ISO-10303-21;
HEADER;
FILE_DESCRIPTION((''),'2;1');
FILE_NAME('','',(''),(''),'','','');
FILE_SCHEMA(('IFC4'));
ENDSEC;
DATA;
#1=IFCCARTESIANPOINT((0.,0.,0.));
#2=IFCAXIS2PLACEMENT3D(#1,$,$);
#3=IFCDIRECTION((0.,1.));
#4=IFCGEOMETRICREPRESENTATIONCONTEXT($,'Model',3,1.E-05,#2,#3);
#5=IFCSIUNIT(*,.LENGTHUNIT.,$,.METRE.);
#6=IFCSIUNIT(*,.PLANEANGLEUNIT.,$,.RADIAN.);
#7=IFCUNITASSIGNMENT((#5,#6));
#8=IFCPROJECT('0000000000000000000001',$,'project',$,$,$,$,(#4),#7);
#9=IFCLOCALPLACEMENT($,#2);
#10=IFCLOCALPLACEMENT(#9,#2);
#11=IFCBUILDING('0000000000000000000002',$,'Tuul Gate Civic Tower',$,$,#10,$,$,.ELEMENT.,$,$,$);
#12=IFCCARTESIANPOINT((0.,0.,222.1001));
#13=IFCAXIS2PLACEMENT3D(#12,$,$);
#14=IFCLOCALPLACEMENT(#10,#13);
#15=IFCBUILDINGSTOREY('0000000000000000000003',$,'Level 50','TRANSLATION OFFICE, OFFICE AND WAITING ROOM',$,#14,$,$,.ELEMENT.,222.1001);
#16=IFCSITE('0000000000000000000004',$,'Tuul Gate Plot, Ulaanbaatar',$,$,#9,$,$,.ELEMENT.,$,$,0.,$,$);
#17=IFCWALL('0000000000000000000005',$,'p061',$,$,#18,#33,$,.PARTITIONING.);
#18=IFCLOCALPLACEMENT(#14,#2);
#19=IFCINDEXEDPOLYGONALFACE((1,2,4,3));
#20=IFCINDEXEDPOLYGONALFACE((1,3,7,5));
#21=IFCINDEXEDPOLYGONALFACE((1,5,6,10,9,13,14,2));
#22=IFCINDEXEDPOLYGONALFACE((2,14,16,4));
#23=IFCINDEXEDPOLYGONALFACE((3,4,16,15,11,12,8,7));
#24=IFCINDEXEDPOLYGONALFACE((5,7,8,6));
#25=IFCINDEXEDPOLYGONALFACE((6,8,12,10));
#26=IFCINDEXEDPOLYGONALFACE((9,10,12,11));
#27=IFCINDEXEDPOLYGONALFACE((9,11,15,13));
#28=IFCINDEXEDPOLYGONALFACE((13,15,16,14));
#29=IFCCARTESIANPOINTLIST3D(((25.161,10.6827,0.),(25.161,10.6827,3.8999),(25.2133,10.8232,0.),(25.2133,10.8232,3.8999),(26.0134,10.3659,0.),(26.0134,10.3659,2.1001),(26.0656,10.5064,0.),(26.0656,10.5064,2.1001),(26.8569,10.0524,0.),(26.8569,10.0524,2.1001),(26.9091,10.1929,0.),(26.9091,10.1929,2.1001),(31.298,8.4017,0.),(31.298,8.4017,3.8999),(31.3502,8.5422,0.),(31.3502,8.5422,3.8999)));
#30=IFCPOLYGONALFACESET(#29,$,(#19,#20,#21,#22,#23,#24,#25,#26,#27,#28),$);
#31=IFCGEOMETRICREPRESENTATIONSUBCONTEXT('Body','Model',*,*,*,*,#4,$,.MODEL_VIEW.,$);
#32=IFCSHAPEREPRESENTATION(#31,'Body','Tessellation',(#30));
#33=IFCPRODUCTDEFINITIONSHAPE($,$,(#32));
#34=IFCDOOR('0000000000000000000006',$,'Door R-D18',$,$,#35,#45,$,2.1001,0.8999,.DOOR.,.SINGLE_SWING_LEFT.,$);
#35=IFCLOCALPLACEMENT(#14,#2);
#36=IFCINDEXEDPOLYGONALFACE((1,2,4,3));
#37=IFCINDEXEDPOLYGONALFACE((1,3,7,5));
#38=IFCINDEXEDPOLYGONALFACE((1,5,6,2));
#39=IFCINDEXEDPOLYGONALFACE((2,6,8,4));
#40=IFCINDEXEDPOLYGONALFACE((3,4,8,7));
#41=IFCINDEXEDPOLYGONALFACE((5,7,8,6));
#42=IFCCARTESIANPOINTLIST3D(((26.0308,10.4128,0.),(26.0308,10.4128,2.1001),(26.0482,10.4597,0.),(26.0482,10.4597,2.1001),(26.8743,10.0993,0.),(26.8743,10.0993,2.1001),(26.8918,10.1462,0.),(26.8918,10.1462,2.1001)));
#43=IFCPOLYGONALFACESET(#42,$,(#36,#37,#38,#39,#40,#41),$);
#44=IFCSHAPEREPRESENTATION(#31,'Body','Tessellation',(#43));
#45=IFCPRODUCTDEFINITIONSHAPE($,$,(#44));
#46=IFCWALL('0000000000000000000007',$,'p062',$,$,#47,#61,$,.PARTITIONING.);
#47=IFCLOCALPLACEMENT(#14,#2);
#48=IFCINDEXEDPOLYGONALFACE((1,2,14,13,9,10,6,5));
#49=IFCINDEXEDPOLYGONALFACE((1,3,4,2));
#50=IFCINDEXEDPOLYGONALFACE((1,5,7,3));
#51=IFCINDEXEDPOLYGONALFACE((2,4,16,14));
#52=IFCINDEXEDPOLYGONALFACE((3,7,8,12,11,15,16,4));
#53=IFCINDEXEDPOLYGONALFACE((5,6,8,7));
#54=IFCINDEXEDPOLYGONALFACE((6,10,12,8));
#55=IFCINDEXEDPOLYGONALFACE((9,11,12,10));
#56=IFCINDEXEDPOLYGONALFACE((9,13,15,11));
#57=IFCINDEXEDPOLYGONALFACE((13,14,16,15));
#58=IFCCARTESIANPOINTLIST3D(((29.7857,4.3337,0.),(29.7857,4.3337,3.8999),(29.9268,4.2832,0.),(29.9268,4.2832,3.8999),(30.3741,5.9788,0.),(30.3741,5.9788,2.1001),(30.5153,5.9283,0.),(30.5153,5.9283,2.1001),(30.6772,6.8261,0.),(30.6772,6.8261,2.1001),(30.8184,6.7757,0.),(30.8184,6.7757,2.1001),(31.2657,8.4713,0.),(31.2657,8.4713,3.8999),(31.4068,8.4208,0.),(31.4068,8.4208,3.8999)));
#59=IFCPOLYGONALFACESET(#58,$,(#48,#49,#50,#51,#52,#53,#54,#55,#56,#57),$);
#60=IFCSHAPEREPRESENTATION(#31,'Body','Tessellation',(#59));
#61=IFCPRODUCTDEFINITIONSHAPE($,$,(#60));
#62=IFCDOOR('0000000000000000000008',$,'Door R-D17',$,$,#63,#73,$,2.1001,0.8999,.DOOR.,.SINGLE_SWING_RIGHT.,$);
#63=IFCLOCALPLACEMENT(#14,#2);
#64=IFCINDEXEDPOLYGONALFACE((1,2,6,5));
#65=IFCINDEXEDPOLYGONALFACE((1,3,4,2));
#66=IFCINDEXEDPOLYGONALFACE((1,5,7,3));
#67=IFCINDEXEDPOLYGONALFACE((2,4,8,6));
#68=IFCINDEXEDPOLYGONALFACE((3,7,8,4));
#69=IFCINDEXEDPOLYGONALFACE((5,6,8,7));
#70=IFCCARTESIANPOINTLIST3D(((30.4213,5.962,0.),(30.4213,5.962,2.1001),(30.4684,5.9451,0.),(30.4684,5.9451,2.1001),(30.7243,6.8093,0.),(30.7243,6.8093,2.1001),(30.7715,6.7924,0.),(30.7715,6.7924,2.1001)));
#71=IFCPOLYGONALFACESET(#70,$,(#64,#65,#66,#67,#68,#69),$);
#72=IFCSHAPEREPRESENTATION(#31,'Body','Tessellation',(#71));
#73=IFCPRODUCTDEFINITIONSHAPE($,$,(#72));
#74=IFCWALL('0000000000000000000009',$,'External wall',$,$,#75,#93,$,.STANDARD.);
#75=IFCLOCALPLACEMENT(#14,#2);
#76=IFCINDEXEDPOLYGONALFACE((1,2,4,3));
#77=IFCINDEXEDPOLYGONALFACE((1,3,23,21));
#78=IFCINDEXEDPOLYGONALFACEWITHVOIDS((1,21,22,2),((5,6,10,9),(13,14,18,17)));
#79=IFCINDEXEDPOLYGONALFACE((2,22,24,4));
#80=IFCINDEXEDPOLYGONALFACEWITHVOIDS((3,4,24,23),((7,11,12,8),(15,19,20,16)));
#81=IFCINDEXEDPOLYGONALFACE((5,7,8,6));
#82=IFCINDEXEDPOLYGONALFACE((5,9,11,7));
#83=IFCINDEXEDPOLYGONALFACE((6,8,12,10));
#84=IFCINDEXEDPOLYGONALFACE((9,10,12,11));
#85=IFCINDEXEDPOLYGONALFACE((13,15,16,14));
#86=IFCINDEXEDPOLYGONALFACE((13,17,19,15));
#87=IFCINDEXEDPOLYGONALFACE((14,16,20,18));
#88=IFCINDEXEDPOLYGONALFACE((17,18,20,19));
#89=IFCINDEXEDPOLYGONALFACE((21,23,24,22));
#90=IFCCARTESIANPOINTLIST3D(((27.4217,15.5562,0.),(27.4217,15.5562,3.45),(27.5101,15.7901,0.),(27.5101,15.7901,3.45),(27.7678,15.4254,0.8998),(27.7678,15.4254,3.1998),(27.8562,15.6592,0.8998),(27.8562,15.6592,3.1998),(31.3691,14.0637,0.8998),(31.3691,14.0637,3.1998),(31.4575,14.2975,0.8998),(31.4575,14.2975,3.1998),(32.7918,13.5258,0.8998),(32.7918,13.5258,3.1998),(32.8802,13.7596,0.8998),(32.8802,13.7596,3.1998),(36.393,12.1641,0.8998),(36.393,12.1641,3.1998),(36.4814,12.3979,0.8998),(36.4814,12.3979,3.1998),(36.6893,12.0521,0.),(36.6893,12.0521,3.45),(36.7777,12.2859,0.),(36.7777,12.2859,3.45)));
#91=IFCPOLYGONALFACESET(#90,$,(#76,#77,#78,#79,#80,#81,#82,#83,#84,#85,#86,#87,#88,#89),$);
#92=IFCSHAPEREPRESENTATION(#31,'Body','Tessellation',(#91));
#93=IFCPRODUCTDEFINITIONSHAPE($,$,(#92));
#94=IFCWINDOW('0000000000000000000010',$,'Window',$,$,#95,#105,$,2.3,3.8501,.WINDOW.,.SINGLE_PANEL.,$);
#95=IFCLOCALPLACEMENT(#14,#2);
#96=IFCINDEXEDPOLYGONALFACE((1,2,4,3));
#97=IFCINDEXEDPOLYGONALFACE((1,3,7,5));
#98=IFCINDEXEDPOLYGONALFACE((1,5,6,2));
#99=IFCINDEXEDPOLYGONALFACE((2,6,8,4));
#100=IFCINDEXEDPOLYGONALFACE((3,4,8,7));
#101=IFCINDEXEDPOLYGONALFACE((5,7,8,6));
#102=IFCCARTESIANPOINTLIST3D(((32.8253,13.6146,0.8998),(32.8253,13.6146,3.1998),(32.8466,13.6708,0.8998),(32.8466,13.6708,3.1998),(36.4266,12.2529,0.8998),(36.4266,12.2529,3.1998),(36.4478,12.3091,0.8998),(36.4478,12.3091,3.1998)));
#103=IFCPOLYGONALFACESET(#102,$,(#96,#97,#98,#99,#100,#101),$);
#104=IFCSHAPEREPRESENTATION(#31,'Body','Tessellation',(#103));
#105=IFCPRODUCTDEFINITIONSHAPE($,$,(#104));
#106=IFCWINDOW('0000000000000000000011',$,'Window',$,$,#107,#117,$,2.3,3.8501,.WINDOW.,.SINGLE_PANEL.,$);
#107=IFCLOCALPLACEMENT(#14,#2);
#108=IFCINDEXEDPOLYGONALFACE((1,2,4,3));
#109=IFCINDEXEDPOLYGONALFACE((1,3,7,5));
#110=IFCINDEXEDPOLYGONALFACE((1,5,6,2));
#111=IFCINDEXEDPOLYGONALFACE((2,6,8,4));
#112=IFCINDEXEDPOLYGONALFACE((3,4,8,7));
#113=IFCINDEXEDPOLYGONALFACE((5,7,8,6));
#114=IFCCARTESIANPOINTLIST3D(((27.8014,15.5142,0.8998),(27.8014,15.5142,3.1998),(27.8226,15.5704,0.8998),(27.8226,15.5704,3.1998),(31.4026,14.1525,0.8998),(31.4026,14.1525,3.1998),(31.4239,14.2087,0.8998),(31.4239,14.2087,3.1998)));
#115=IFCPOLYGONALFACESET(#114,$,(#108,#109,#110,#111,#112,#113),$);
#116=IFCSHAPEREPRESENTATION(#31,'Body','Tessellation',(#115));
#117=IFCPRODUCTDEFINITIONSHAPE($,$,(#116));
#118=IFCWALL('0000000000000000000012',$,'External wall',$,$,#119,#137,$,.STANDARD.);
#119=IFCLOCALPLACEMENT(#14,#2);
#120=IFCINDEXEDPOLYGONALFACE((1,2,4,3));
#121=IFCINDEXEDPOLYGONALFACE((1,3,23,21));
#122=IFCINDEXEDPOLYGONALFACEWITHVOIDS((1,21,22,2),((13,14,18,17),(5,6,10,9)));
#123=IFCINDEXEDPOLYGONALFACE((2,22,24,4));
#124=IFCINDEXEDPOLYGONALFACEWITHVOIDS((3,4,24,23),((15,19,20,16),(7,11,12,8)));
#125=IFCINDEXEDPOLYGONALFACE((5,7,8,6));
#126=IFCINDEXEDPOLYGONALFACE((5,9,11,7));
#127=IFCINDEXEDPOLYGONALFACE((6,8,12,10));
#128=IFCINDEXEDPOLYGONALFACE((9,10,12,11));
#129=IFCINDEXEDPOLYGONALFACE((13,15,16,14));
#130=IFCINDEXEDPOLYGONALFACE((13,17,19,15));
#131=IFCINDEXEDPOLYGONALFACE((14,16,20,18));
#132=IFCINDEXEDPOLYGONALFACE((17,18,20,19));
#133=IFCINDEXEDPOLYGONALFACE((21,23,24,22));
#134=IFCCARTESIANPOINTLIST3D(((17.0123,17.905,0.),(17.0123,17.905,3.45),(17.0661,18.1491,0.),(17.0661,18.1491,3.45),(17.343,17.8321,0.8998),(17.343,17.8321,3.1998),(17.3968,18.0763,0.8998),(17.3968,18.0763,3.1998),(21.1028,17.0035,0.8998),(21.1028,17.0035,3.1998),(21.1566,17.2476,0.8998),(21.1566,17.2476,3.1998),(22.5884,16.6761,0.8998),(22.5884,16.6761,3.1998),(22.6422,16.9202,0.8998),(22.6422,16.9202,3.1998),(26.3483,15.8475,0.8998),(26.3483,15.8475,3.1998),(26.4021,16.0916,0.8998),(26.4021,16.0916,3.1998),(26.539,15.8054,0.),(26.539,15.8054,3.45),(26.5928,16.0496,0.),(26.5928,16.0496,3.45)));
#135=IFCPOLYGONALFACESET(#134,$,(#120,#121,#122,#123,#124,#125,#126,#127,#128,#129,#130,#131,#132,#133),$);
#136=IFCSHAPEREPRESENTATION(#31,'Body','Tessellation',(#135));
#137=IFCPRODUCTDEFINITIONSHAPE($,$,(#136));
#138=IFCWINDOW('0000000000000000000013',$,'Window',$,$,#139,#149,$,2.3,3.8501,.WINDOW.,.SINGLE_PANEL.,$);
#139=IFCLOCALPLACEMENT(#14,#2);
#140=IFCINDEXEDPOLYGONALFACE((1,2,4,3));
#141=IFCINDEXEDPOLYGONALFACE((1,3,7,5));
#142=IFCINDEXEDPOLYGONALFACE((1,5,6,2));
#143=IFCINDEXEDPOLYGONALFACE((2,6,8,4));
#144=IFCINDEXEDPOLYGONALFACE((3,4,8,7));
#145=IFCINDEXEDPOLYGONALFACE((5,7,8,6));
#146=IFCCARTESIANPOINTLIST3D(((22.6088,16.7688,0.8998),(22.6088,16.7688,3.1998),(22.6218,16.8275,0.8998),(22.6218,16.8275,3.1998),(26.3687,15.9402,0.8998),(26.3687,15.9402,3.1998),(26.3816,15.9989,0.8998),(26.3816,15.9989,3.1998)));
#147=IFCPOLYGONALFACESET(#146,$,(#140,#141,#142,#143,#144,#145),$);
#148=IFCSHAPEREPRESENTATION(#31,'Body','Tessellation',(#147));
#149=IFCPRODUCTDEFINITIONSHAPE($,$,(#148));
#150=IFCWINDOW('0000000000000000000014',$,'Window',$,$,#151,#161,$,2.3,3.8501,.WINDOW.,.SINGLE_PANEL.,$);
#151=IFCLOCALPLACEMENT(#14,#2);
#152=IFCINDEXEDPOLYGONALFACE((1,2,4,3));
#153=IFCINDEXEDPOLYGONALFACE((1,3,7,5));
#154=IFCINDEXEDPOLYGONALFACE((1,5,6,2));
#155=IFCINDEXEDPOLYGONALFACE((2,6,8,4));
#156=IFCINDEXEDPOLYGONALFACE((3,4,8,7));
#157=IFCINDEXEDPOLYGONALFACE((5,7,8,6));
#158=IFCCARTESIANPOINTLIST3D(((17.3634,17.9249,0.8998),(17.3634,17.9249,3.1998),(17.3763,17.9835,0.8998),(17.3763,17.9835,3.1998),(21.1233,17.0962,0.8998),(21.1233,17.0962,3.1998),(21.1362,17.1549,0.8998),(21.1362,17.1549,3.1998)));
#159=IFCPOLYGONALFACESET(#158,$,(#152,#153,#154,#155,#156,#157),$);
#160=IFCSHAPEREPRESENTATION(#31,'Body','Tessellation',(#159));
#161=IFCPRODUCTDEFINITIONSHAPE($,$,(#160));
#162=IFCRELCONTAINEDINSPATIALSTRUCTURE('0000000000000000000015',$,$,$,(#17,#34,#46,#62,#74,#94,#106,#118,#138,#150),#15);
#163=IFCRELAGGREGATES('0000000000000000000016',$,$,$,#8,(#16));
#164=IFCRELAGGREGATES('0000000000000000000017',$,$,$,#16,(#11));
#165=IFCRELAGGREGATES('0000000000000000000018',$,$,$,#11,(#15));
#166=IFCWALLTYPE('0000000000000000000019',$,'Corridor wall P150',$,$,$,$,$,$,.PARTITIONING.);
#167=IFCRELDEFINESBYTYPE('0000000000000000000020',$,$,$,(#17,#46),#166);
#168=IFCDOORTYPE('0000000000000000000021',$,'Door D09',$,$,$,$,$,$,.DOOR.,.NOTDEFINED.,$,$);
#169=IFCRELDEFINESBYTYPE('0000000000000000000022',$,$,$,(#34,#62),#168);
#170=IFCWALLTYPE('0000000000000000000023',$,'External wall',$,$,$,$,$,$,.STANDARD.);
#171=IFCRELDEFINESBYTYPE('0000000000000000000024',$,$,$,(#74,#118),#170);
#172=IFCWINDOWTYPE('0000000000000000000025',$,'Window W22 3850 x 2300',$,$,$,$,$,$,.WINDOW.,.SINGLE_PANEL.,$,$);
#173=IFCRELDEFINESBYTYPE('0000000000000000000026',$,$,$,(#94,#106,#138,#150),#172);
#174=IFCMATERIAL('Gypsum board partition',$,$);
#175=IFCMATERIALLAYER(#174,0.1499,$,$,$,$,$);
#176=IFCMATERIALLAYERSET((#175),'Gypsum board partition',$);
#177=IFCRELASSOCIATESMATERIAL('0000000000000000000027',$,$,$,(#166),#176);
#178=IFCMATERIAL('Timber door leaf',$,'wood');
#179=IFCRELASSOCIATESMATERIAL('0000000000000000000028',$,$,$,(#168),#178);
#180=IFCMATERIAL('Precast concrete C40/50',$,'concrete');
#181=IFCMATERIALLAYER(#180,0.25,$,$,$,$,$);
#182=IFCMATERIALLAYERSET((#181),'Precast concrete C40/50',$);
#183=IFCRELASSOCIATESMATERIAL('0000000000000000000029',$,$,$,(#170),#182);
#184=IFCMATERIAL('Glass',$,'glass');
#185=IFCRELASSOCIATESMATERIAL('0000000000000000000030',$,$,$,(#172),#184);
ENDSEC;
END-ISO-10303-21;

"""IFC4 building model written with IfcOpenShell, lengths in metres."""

from ifc_helpers import new_model, si_unit, direction, frame, frame_2d, origin, place, context, subcontext, project, spatial, rectangle, extrude, material, layer, layer_set, type_object, element, fill, save


model = new_model("IFC4")

# Units and contexts
model_context = context("Model", 3, precision=1e-05, world=origin(), true_north=direction((0.0, 1.0)))
body_context = subcontext(model_context, "Body", "Model", "MODEL_VIEW")
ifc_project = project(units=[si_unit("LENGTHUNIT", "METRE"), si_unit("PLANEANGLEUNIT", "RADIAN")], contexts=[model_context])

# Site, building, storey
site_placement = place(None, origin())
site = spatial("IfcSite", under=ifc_project, at=site_placement, Name="Tuul Gate Plot, Ulaanbaatar", CompositionType="ELEMENT", RefElevation=0.0)
building_placement = place(site_placement, origin())
building = spatial("IfcBuilding", under=site, at=building_placement, Name="Tuul Gate Civic Tower", CompositionType="ELEMENT")
storey_placement = place(building_placement, frame((0.0, 0.0, 222.1001)))
storey = spatial("IfcBuildingStorey", under=building, at=storey_placement, Name="Level 50", Description="TRANSLATION OFFICE, OFFICE AND WAITING ROOM", CompositionType="ELEMENT", Elevation=222.1001)

# Shared definitions
ifc_material_1 = material(Name="Gypsum board partition")
ifc_layer_1 = layer(ifc_material_1, 0.1499)
ifc_layer_set_1 = layer_set([ifc_layer_1], Name="Gypsum board partition")
wall_type_1 = type_object("IfcWallType", Name="Corridor wall P150", PredefinedType="PARTITIONING", material=ifc_layer_set_1)

# Shared definitions
ifc_material_2 = material(Name="Timber door leaf", Category="wood")
door_type = type_object("IfcDoorType", Name="Door D09", OperationType="NOTDEFINED", PredefinedType="DOOR", material=ifc_material_2)

# Walls, openings, doors
wall_1_placement = place(storey_placement, frame((25.1873, 10.7529, 0.0), z_axis=(0.0, 0.0, 1.0), x_axis=(0.937347, -0.348396, 0.0)))
wall_1 = element("IfcWall", 1, at=wall_1_placement, inside=storey, type_object=wall_type_1, Name="p061", PredefinedType="PARTITIONING", context=body_context, shape_type="SweptSolid", body=[
    extrude(rectangle(XDim=6.5471, YDim=0.1499, at=frame_2d((3.2734, 0.0))), origin(), (0.0, 0.0, 1.0), 3.8999),
])
opening_1_placement = place(wall_1_placement, frame((0.9092, 0.0, 0.0)))
opening_1 = element("IfcOpeningElement", 2, at=opening_1_placement, cuts=wall_1, PredefinedType="OPENING", context=body_context, shape_type="SweptSolid", body=[
    extrude(rectangle(XDim=0.8999, YDim=2.1001, at=frame_2d((0.45, 1.05))), frame((0.0, 0.085, 0.0), z_axis=(0.0, -1.0, 0.0), x_axis=(1.0, 0.0, 0.0)), (0.0, 0.0, 1.0), 0.1699),
])
door_1_placement = place(opening_1_placement, frame((0.8999, 0.0, 0.0), z_axis=(0.0, 0.0, 1.0), x_axis=(-1.0, 0.0, 0.0)))
door_1 = element("IfcDoor", 3, at=door_1_placement, inside=storey, type_object=door_type, Name="Door R-D18", OperationType="SINGLE_SWING_LEFT", OverallHeight=2.1001, OverallWidth=0.8999, PredefinedType="DOOR", context=body_context, shape_type="SweptSolid", body=[
    extrude(rectangle(XDim=0.8999, YDim=2.1001, at=frame_2d((0.45, 1.05))), frame((0.0, 0.0249, 0.0), z_axis=(0.0, -1.0, 0.0), x_axis=(1.0, 0.0, 0.0)), (0.0, 0.0, 1.0), 0.05),
])
fill(opening_1, door_1)
wall_2_placement = place(storey_placement, frame((29.8562, 4.3083, 0.0), z_axis=(0.0, 0.0, 1.0), x_axis=(0.336804, 0.941575, 0.0)))
wall_2 = element("IfcWall", 4, at=wall_2_placement, inside=storey, type_object=wall_type_1, Name="p062", PredefinedType="PARTITIONING", context=body_context, shape_type="SweptSolid", body=[
    extrude(rectangle(XDim=4.3943, YDim=0.1499, at=frame_2d((2.1973, 0.0))), origin(), (0.0, 0.0, 1.0), 3.8999),
])
opening_2_placement = place(wall_2_placement, frame((1.7473, 0.0, 0.0)))
opening_2 = element("IfcOpeningElement", 5, at=opening_2_placement, cuts=wall_2, PredefinedType="OPENING", context=body_context, shape_type="SweptSolid", body=[
    extrude(rectangle(XDim=0.8999, YDim=2.1001, at=frame_2d((0.45, 1.05))), frame((0.0, 0.085, 0.0), z_axis=(0.0, -1.0, 0.0), x_axis=(1.0, 0.0, 0.0)), (0.0, 0.0, 1.0), 0.1699),
])
door_2_placement = place(opening_2_placement, origin())
door_2 = element("IfcDoor", 6, at=door_2_placement, inside=storey, type_object=door_type, Name="Door R-D17", OperationType="SINGLE_SWING_RIGHT", OverallHeight=2.1001, OverallWidth=0.8999, PredefinedType="DOOR", context=body_context, shape_type="SweptSolid", body=[
    extrude(rectangle(XDim=0.8999, YDim=2.1001, at=frame_2d((0.45, 1.05))), frame((0.0, 0.0249, 0.0), z_axis=(0.0, -1.0, 0.0), x_axis=(1.0, 0.0, 0.0)), (0.0, 0.0, 1.0), 0.05),
])
fill(opening_2, door_2)

# Walls, openings, windows
ifc_material_3 = material(Name="Precast concrete C40/50", Category="concrete")
ifc_layer_2 = layer(ifc_material_3, 0.25)
ifc_layer_set_2 = layer_set([ifc_layer_2], Name="Precast concrete C40/50")
wall_type_2 = type_object("IfcWallType", Name="External wall", PredefinedType="STANDARD", material=ifc_layer_set_2)
wall_3_placement = place(storey_placement, frame((36.7336, 12.1689, 0.0), z_axis=(0.0, 0.0, 1.0), x_axis=(-0.93537, 0.353671, 0.0)))
wall_3 = element("IfcWall", 7, at=wall_3_placement, inside=storey, type_object=wall_type_2, Name="External wall", PredefinedType="STANDARD", context=body_context, shape_type="SweptSolid", body=[
    extrude(rectangle(XDim=9.908, YDim=0.25, at=frame_2d((4.9541, 0.0))), origin(), (0.0, 0.0, 1.0), 3.45),
])
opening_3_placement = place(wall_3_placement, frame((0.3169, 0.0, 0.8999)))
opening_3 = element("IfcOpeningElement", 8, at=opening_3_placement, cuts=wall_3, PredefinedType="OPENING", context=body_context, shape_type="SweptSolid", body=[
    extrude(rectangle(XDim=3.8501, YDim=2.3, at=frame_2d((1.925, 1.1499))), frame((0.0, 0.135, 0.0), z_axis=(0.0, -1.0, 0.0), x_axis=(1.0, 0.0, 0.0)), (0.0, 0.0, 1.0), 0.27),
])
opening_4_placement = place(wall_3_placement, frame((5.688, 0.0, 0.8999)))
opening_4 = element("IfcOpeningElement", 9, at=opening_4_placement, cuts=wall_3, PredefinedType="OPENING", context=body_context, shape_type="SweptSolid", body=[
    extrude(rectangle(XDim=3.8501, YDim=2.3, at=frame_2d((1.925, 1.1499))), frame((0.0, 0.135, 0.0), z_axis=(0.0, -1.0, 0.0), x_axis=(1.0, 0.0, 0.0)), (0.0, 0.0, 1.0), 0.27),
])
ifc_material_4 = material(Name="Glass", Category="glass")
window_type = type_object("IfcWindowType", Name="Window W22 3850 x 2300", PartitioningType="SINGLE_PANEL", PredefinedType="WINDOW", material=ifc_material_4)
window_1_placement = place(opening_3_placement, origin())
window_1 = element("IfcWindow", 10, at=window_1_placement, inside=storey, type_object=window_type, Name="Window", OverallHeight=2.3, OverallWidth=3.8501, PartitioningType="SINGLE_PANEL", PredefinedType="WINDOW", context=body_context, shape_type="SweptSolid", body=[
    extrude(rectangle(XDim=3.8501, YDim=2.3, at=frame_2d((1.925, 1.1499))), frame((0.0, 0.03, 0.0), z_axis=(0.0, -1.0, 0.0), x_axis=(1.0, 0.0, 0.0)), (0.0, 0.0, 1.0), 0.0601),
])
fill(opening_3, window_1)
window_2_placement = place(opening_4_placement, origin())
window_2 = element("IfcWindow", 11, at=window_2_placement, inside=storey, type_object=window_type, Name="Window", OverallHeight=2.3, OverallWidth=3.8501, PartitioningType="SINGLE_PANEL", PredefinedType="WINDOW", context=body_context, shape_type="SweptSolid", body=[
    extrude(rectangle(XDim=3.8501, YDim=2.3, at=frame_2d((1.925, 1.1499))), frame((0.0, 0.03, 0.0), z_axis=(0.0, -1.0, 0.0), x_axis=(1.0, 0.0, 0.0)), (0.0, 0.0, 1.0), 0.0601),
])
fill(opening_4, window_2)
wall_4_placement = place(storey_placement, frame((26.5659, 15.9275, 0.0), z_axis=(0.0, 0.0, 1.0), x_axis=(-0.976565, 0.215224, 0.0)))
wall_4 = element("IfcWall", 12, at=wall_4_placement, inside=storey, type_object=wall_type_2, Name="External wall", PredefinedType="STANDARD", context=body_context, shape_type="SweptSolid", body=[
    extrude(rectangle(XDim=9.7554, YDim=0.25, at=frame_2d((4.8777, 0.0))), origin(), (0.0, 0.0, 1.0), 3.45),
])
opening_5_placement = place(wall_4_placement, frame((0.1953, 0.0, 0.8999)))
opening_5 = element("IfcOpeningElement", 13, at=opening_5_placement, cuts=wall_4, PredefinedType="OPENING", context=body_context, shape_type="SweptSolid", body=[
    extrude(rectangle(XDim=3.8501, YDim=2.3, at=frame_2d((1.925, 1.1499))), frame((0.0, 0.135, 0.0), z_axis=(0.0, -1.0, 0.0), x_axis=(1.0, 0.0, 0.0)), (0.0, 0.0, 1.0), 0.27),
])
opening_6_placement = place(wall_4_placement, frame((5.5667, 0.0, 0.8999)))
opening_6 = element("IfcOpeningElement", 14, at=opening_6_placement, cuts=wall_4, PredefinedType="OPENING", context=body_context, shape_type="SweptSolid", body=[
    extrude(rectangle(XDim=3.8501, YDim=2.3, at=frame_2d((1.925, 1.1499))), frame((0.0, 0.135, 0.0), z_axis=(0.0, -1.0, 0.0), x_axis=(1.0, 0.0, 0.0)), (0.0, 0.0, 1.0), 0.27),
])
window_3_placement = place(opening_5_placement, origin())
window_3 = element("IfcWindow", 15, at=window_3_placement, inside=storey, type_object=window_type, Name="Window", OverallHeight=2.3, OverallWidth=3.8501, PartitioningType="SINGLE_PANEL", PredefinedType="WINDOW", context=body_context, shape_type="SweptSolid", body=[
    extrude(rectangle(XDim=3.8501, YDim=2.3, at=frame_2d((1.925, 1.1499))), frame((0.0, 0.03, 0.0), z_axis=(0.0, -1.0, 0.0), x_axis=(1.0, 0.0, 0.0)), (0.0, 0.0, 1.0), 0.0601),
])
fill(opening_5, window_3)
window_4_placement = place(opening_6_placement, origin())
window_4 = element("IfcWindow", 16, at=window_4_placement, inside=storey, type_object=window_type, Name="Window", OverallHeight=2.3, OverallWidth=3.8501, PartitioningType="SINGLE_PANEL", PredefinedType="WINDOW", context=body_context, shape_type="SweptSolid", body=[
    extrude(rectangle(XDim=3.8501, YDim=2.3, at=frame_2d((1.925, 1.1499))), frame((0.0, 0.03, 0.0), z_axis=(0.0, -1.0, 0.0), x_axis=(1.0, 0.0, 0.0)), (0.0, 0.0, 1.0), 0.0601),
])
fill(opening_6, window_4)

save(model, "model.ifc")
